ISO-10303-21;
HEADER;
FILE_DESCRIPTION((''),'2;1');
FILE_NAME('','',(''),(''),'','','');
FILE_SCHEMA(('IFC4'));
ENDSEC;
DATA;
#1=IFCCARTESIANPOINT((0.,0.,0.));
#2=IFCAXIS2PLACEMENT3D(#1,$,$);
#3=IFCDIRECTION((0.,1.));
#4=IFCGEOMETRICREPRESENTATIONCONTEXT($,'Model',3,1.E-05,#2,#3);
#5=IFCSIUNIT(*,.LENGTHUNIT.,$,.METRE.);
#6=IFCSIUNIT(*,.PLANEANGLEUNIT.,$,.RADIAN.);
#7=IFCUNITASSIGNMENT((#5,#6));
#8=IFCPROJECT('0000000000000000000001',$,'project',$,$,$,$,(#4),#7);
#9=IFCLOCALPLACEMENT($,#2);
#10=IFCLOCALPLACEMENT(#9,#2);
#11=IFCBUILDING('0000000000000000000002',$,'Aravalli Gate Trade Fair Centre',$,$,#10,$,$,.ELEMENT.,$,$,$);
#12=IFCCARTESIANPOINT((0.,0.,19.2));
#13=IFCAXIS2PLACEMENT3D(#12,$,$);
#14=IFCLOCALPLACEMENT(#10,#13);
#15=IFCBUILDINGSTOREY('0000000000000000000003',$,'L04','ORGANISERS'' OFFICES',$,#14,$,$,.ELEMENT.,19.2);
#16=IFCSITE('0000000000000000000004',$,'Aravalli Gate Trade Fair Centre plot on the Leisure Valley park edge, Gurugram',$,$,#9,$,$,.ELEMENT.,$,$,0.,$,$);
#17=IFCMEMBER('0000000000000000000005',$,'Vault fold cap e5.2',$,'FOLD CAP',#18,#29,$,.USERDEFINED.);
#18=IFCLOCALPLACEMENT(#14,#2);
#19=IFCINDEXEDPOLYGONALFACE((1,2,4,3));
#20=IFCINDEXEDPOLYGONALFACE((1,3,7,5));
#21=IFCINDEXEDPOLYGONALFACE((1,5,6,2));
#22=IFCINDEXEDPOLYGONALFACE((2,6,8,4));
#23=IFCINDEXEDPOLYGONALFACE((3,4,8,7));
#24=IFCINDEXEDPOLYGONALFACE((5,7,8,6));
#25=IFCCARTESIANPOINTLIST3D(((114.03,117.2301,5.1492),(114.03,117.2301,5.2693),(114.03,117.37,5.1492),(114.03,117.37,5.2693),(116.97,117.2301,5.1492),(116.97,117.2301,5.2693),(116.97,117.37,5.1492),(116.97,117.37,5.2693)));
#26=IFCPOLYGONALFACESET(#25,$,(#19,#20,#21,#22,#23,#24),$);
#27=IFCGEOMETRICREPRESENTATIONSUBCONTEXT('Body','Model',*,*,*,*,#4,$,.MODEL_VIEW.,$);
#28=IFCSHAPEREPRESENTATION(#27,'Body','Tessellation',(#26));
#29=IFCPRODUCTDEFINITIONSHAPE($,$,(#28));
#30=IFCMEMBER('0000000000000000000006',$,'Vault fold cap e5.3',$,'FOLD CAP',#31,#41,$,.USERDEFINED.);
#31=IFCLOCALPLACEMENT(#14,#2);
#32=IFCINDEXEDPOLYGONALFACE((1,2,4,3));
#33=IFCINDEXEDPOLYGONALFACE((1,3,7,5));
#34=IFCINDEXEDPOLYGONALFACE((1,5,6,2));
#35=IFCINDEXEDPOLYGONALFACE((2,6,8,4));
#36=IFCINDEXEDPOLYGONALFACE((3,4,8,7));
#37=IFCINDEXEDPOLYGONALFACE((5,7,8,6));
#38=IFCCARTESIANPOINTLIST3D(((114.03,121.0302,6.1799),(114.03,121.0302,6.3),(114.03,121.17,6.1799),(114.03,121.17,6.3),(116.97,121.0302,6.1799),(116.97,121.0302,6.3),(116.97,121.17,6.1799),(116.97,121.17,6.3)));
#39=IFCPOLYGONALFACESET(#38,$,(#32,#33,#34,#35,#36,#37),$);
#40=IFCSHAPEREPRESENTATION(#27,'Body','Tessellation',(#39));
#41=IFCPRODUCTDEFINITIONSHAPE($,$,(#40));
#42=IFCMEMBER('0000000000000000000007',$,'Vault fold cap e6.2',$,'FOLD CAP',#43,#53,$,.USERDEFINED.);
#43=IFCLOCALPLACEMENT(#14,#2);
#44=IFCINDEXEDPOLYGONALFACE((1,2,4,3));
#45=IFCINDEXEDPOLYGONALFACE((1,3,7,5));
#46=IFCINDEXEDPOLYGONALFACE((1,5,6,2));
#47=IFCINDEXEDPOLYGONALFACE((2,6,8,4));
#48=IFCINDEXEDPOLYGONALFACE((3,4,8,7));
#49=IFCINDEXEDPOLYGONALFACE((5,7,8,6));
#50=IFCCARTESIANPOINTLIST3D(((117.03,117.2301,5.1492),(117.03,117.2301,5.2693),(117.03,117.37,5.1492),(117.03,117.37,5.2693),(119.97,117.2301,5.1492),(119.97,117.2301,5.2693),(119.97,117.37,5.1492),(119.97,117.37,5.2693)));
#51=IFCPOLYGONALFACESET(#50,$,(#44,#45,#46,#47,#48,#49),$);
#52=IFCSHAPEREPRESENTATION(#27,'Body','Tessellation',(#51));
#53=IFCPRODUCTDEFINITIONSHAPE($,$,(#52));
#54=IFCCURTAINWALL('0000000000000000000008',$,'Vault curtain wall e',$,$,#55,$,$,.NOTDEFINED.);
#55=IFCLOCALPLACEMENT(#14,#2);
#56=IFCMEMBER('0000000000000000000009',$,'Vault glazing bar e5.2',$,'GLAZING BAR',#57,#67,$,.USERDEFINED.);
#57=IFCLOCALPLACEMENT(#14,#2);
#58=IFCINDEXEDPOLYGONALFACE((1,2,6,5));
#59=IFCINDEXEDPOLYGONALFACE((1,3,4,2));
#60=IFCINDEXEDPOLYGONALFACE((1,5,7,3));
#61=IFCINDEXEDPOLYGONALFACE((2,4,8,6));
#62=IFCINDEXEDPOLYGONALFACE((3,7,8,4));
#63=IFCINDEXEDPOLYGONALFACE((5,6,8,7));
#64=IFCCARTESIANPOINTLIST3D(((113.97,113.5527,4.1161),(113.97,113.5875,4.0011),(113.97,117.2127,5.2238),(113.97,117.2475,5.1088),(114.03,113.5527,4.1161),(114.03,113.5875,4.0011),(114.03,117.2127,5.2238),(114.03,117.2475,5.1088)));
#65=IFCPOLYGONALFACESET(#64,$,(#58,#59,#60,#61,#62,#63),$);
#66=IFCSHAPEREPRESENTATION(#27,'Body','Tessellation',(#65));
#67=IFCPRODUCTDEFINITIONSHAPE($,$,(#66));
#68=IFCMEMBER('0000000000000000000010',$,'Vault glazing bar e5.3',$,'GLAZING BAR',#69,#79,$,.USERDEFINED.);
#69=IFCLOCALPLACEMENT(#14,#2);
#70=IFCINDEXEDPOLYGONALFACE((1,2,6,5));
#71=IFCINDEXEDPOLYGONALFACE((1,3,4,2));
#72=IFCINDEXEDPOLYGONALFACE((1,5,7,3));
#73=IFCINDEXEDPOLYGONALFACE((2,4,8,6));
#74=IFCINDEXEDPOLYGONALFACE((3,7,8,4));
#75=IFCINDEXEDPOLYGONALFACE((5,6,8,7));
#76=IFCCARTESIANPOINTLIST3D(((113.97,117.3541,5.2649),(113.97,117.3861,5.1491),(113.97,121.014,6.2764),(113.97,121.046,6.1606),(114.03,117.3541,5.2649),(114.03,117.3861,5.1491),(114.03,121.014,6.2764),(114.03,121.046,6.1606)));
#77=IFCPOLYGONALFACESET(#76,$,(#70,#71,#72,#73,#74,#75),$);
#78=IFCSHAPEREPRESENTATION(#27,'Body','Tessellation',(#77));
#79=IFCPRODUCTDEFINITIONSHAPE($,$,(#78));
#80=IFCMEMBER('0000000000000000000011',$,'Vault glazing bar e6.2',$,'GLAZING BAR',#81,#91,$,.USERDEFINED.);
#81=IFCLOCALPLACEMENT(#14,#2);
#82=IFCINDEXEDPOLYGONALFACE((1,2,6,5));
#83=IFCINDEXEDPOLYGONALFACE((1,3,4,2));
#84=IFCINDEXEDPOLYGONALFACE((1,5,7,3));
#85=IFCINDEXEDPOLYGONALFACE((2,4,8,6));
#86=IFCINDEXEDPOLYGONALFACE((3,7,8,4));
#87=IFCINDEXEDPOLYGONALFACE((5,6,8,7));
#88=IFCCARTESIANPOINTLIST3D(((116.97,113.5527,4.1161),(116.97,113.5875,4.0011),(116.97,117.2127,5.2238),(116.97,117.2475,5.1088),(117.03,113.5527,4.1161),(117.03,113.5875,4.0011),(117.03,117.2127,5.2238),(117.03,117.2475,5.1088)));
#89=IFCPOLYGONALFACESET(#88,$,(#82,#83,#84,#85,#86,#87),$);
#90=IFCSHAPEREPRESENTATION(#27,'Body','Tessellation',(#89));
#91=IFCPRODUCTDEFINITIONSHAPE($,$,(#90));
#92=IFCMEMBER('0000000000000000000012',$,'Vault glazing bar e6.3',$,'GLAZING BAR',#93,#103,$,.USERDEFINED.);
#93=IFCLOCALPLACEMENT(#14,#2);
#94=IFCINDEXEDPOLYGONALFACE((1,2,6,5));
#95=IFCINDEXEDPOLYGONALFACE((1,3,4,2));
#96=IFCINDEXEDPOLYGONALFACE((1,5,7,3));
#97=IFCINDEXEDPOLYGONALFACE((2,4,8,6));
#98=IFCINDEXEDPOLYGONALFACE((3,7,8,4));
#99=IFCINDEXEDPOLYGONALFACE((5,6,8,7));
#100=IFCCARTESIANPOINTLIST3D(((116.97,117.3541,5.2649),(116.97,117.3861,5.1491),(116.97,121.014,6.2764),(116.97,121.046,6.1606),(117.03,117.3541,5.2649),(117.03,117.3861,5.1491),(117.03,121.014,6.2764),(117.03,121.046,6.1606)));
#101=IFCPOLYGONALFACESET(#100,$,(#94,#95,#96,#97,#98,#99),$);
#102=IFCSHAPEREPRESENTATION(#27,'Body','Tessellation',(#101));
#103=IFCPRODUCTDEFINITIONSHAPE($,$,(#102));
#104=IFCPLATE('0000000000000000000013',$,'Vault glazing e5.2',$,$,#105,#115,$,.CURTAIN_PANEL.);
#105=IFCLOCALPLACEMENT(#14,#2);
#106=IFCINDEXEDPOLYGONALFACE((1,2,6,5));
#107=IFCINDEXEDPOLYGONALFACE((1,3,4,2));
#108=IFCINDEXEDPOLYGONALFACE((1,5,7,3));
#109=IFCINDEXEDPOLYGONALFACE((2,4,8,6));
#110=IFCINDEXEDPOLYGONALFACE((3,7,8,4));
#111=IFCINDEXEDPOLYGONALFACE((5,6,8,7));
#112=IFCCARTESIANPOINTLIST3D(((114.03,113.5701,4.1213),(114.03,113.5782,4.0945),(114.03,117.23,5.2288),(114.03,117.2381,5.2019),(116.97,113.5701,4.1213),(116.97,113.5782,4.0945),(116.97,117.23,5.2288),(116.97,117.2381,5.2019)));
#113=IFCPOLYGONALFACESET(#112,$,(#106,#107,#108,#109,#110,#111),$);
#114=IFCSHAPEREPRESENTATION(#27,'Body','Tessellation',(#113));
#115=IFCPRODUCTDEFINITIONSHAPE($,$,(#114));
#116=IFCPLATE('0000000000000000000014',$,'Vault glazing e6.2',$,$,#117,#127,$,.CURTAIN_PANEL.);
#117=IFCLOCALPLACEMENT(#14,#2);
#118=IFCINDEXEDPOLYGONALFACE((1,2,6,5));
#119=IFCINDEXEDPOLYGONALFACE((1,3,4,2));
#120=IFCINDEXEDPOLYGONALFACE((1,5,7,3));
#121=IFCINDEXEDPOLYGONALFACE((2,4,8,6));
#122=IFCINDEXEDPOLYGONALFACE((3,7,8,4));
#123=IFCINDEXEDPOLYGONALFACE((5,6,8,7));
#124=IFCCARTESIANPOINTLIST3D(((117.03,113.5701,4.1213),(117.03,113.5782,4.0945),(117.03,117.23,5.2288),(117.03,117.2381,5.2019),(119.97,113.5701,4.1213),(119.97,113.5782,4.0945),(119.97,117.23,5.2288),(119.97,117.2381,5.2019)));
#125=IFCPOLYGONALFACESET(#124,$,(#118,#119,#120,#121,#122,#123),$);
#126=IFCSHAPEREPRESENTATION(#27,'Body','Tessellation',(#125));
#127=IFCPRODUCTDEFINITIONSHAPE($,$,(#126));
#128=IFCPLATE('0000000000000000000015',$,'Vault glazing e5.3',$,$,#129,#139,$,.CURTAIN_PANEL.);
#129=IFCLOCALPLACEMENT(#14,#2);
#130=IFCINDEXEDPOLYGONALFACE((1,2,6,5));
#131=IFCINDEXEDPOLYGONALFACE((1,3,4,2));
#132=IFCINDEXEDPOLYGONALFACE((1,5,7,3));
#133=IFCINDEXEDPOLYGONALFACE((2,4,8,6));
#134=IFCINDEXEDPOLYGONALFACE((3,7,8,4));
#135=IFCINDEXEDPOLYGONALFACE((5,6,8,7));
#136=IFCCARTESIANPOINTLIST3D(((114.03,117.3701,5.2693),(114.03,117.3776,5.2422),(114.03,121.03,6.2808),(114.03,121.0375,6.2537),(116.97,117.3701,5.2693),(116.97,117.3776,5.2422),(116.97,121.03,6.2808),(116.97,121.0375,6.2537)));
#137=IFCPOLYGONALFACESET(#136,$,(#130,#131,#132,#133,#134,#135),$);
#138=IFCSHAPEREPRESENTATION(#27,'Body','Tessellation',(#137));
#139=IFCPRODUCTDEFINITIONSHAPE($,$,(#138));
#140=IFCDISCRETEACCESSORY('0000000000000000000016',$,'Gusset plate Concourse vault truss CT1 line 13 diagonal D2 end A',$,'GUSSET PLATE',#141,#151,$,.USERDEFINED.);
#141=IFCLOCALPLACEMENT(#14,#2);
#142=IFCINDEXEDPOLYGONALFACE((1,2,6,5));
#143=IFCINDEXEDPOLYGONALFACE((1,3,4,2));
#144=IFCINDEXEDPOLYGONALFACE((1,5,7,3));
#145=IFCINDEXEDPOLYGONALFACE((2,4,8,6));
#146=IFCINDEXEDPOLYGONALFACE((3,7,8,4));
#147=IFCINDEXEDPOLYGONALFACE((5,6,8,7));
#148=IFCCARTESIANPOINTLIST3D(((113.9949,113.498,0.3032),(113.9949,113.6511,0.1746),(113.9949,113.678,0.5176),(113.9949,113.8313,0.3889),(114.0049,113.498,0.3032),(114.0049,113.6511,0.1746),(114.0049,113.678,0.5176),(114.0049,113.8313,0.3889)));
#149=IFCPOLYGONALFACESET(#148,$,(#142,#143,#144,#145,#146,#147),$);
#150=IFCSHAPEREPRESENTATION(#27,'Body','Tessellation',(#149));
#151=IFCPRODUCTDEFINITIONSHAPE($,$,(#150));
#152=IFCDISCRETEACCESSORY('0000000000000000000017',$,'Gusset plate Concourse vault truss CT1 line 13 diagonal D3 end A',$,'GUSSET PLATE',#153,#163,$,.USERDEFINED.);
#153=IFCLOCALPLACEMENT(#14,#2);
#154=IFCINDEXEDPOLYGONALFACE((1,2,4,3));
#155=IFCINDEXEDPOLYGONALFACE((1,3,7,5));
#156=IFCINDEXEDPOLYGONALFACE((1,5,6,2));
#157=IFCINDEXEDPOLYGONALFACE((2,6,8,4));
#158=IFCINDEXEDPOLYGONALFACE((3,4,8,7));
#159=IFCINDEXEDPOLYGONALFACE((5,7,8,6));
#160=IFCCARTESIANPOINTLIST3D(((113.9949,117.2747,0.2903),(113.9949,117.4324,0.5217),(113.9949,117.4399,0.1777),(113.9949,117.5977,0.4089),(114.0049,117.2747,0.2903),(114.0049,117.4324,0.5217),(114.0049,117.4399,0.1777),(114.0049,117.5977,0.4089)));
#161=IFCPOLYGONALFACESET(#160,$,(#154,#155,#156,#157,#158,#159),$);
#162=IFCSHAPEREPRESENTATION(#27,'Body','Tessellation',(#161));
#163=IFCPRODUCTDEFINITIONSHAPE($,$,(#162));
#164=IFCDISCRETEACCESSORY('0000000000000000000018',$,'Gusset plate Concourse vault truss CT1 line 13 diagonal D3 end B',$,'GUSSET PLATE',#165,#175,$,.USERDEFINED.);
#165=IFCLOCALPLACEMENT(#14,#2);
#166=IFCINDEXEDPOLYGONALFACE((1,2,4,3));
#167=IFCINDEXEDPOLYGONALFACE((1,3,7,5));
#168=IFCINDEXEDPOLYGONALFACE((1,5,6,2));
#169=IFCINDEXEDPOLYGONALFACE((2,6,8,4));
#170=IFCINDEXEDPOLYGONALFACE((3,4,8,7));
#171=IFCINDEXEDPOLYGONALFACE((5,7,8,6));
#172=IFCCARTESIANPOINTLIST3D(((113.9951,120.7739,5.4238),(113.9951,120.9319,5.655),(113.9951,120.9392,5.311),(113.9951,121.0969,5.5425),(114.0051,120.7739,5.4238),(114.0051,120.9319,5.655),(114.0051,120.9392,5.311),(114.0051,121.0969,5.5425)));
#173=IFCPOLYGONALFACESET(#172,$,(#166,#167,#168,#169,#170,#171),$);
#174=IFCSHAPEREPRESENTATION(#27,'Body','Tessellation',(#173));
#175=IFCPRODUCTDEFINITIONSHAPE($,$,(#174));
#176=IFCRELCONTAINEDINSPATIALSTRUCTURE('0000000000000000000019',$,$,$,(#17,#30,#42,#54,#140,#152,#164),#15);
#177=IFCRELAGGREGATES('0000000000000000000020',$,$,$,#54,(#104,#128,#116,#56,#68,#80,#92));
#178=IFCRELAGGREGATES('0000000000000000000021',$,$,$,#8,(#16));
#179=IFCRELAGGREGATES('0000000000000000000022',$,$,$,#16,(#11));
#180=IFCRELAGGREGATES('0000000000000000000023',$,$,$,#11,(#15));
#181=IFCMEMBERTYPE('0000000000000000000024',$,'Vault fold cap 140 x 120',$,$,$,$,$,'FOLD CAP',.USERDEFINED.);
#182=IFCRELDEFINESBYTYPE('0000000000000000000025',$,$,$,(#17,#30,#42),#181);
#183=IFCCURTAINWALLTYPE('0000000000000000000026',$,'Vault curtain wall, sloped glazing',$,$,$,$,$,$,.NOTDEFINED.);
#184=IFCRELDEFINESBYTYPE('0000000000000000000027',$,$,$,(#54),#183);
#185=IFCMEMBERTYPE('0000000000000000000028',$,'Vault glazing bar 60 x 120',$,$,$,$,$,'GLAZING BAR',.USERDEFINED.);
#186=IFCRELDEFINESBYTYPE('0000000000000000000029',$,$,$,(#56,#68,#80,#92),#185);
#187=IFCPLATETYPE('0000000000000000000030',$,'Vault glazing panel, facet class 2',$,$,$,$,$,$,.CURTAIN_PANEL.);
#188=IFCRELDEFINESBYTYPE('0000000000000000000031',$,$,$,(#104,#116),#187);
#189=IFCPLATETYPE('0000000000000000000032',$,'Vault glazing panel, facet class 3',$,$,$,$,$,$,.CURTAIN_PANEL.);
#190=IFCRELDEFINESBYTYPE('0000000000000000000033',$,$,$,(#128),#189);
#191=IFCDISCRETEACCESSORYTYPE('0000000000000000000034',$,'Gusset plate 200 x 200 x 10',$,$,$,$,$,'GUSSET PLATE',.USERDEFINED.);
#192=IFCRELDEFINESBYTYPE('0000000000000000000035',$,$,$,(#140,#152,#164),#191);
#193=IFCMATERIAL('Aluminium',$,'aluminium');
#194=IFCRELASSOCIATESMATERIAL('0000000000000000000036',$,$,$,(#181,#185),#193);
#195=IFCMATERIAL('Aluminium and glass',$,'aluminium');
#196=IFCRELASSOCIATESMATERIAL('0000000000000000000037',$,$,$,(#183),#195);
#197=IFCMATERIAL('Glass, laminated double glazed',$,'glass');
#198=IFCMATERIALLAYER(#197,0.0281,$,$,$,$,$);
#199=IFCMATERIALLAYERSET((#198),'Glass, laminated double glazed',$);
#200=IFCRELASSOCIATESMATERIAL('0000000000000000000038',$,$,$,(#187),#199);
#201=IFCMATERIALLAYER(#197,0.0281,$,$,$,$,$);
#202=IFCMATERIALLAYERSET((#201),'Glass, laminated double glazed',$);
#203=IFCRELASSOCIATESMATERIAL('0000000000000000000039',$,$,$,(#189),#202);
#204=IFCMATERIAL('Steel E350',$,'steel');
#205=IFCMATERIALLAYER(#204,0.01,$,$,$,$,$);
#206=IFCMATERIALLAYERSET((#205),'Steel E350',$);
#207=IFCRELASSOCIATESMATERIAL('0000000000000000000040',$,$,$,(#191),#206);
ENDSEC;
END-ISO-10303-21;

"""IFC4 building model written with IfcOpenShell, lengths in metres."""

from ifc_helpers import new_model, si_unit, direction, frame, origin, origin_2d, place, context, subcontext, project, spatial, polyline, rectangle, outline, extrude, material, layer, layer_set, material_profile, profile_set, type_object, element, aggregate, save


model = new_model("IFC4")

# Units and contexts
model_context = context("Model", 3, precision=1e-05, world=origin(), true_north=direction((0.0, 1.0)))
body_context = subcontext(model_context, "Body", "Model", "MODEL_VIEW")
ifc_project = project(units=[si_unit("LENGTHUNIT", "METRE"), si_unit("PLANEANGLEUNIT", "RADIAN")], contexts=[model_context])

# Site, building, storey
site_placement = place(None, origin())
site = spatial("IfcSite", under=ifc_project, at=site_placement, Name="Aravalli Gate Trade Fair Centre plot on the Leisure Valley park edge, Gurugram", CompositionType="ELEMENT", RefElevation=0.0)
building_placement = place(site_placement, origin())
building = spatial("IfcBuilding", under=site, at=building_placement, Name="Aravalli Gate Trade Fair Centre", CompositionType="ELEMENT")
storey_placement = place(building_placement, frame((0.0, 0.0, 19.2)))
storey = spatial("IfcBuildingStorey", under=building, at=storey_placement, Name="L04", Description="ORGANISERS' OFFICES", CompositionType="ELEMENT", Elevation=19.2)

# Members
ifc_material_1 = material(Name="Steel E350", Category="steel")
ifc_material_2 = material(Name="Aluminium", Category="aluminium")
ifc_material_profile_1 = material_profile(ifc_material_2, rectangle(XDim=0.1399, YDim=0.1201, at=origin_2d()), Name="Vault fold cap 140 x 120")
ifc_profile_set_1 = profile_set([ifc_material_profile_1], Name="Aluminium")
member_type_1 = type_object("IfcMemberType", Name="Vault fold cap 140 x 120", ElementType="FOLD CAP", PredefinedType="USERDEFINED", material=ifc_profile_set_1)
for number, where, z_axis, x_axis, name in (
    (1, (114.03, 117.3, 5.2092), (1.0, 0.0, 0.0), (0.0, 1.0, 0.0), "Vault fold cap e5.2"),
    (2, (114.03, 121.1001, 6.24), (1.0, 0.0, 0.0), (0.0, 1.0, 0.0), "Vault fold cap e5.3"),
    (3, (117.03, 117.3, 5.2092), (1.0, 0.0, 0.0), (0.0, 1.0, 0.0), "Vault fold cap e6.2"),
):
    element("IfcMember", number, at=place(storey_placement, frame(where, z_axis=z_axis, x_axis=x_axis)), inside=storey, type_object=member_type_1, Name=name, ObjectType="FOLD CAP", PredefinedType="USERDEFINED", context=body_context, shape_type="SweptSolid", body=[
        extrude(rectangle(XDim=0.1399, YDim=0.1201, at=origin_2d()), origin(), (0.0, 0.0, 1.0), 2.9399),
    ])

# Curtain wall, members, plates
ifc_material_3 = material(Name="Aluminium and glass", Category="aluminium")
curtain_wall_type = type_object("IfcCurtainWallType", Name="Vault curtain wall, sloped glazing", PredefinedType="NOTDEFINED", material=ifc_material_3)
curtain_wall_placement = place(storey_placement, origin())
curtain_wall = element("IfcCurtainWall", 4, at=curtain_wall_placement, inside=storey, type_object=curtain_wall_type, Name="Vault curtain wall e", PredefinedType="NOTDEFINED")
ifc_material_profile_2 = material_profile(ifc_material_2, rectangle(XDim=0.0601, YDim=0.1201, at=origin_2d()), Name="Vault glazing bar 60 x 120")
ifc_profile_set_2 = profile_set([ifc_material_profile_2], Name="Aluminium")
member_type_2 = type_object("IfcMemberType", Name="Vault glazing bar 60 x 120", ElementType="GLAZING BAR", PredefinedType="USERDEFINED", material=ifc_profile_set_2)
member_1_placement = place(storey_placement, frame((114.0, 113.5701, 4.0586), z_axis=(0.0, 0.957126, 0.289672), x_axis=(-1.0, 0.0, 0.0)))
member_1 = element("IfcMember", 5, at=member_1_placement, type_object=member_type_2, Name="Vault glazing bar e5.2", ObjectType="GLAZING BAR", PredefinedType="USERDEFINED", context=body_context, shape_type="SweptSolid", body=[
    extrude(rectangle(XDim=0.0601, YDim=0.1201, at=origin_2d()), origin(), (0.0, 0.0, 1.0), 3.824),
])
member_2_placement = place(storey_placement, frame((114.0, 117.3701, 5.207), z_axis=(0.0, 0.963868, 0.26638), x_axis=(-1.0, 0.0, 0.0)))
member_2 = element("IfcMember", 6, at=member_2_placement, type_object=member_type_2, Name="Vault glazing bar e5.3", ObjectType="GLAZING BAR", PredefinedType="USERDEFINED", context=body_context, shape_type="SweptSolid", body=[
    extrude(rectangle(XDim=0.0601, YDim=0.1201, at=origin_2d()), origin(), (0.0, 0.0, 1.0), 3.7971),
])
member_3_placement = place(storey_placement, frame((117.0, 113.5701, 4.0586), z_axis=(0.0, 0.957126, 0.289672), x_axis=(-1.0, 0.0, 0.0)))
member_3 = element("IfcMember", 7, at=member_3_placement, type_object=member_type_2, Name="Vault glazing bar e6.2", ObjectType="GLAZING BAR", PredefinedType="USERDEFINED", context=body_context, shape_type="SweptSolid", body=[
    extrude(rectangle(XDim=0.0601, YDim=0.1201, at=origin_2d()), origin(), (0.0, 0.0, 1.0), 3.824),
])
member_4_placement = place(storey_placement, frame((117.0, 117.3701, 5.207), z_axis=(0.0, 0.963868, 0.26638), x_axis=(-1.0, 0.0, 0.0)))
member_4 = element("IfcMember", 8, at=member_4_placement, type_object=member_type_2, Name="Vault glazing bar e6.3", ObjectType="GLAZING BAR", PredefinedType="USERDEFINED", context=body_context, shape_type="SweptSolid", body=[
    extrude(rectangle(XDim=0.0601, YDim=0.1201, at=origin_2d()), origin(), (0.0, 0.0, 1.0), 3.7971),
])
ifc_material_4 = material(Name="Glass, laminated double glazed", Category="glass")
ifc_layer_1 = layer(ifc_material_4, 0.0281)
ifc_layer_set_1 = layer_set([ifc_layer_1], Name="Glass, laminated double glazed")
plate_type_1 = type_object("IfcPlateType", Name="Vault glazing panel, facet class 2", PredefinedType="CURTAIN_PANEL", material=ifc_layer_set_1)
plate_1_placement = place(storey_placement, frame((114.03, 113.5701, 4.1213), z_axis=(0.0, -0.289614, 0.957144), x_axis=(1.0, 0.0, 0.0)))
plate_1 = element("IfcPlate", 9, at=plate_1_placement, type_object=plate_type_1, Name="Vault glazing e5.2", PredefinedType="CURTAIN_PANEL", context=body_context, shape_type="SweptSolid", body=[
    extrude(outline(polyline([(0.0, 0.0), (2.9399, 0.0), (2.9399, 3.8238), (0.0, 3.8238), (0.0, 0.0)])), origin(), (0.0, 0.0, -1.0), 0.0281),
])
plate_2_placement = place(storey_placement, frame((117.03, 113.5701, 4.1213), z_axis=(0.0, -0.289614, 0.957144), x_axis=(1.0, 0.0, 0.0)))
plate_2 = element("IfcPlate", 10, at=plate_2_placement, type_object=plate_type_1, Name="Vault glazing e6.2", PredefinedType="CURTAIN_PANEL", context=body_context, shape_type="SweptSolid", body=[
    extrude(outline(polyline([(0.0, 0.0), (2.9399, 0.0), (2.9399, 3.8238), (0.0, 3.8238), (0.0, 0.0)])), origin(), (0.0, 0.0, -1.0), 0.0281),
])
ifc_layer_2 = layer(ifc_material_4, 0.0281)
ifc_layer_set_2 = layer_set([ifc_layer_2], Name="Glass, laminated double glazed")
plate_type_2 = type_object("IfcPlateType", Name="Vault glazing panel, facet class 3", PredefinedType="CURTAIN_PANEL", material=ifc_layer_set_2)
plate_3_placement = place(storey_placement, frame((114.03, 117.3701, 5.2693), z_axis=(0.0, -0.26638, 0.963868), x_axis=(1.0, 0.0, 0.0)))
plate_3 = element("IfcPlate", 11, at=plate_3_placement, type_object=plate_type_2, Name="Vault glazing e5.3", PredefinedType="CURTAIN_PANEL", context=body_context, shape_type="SweptSolid", body=[
    extrude(outline(polyline([(0.0, 0.0), (2.9399, 0.0), (2.9399, 3.7971), (0.0, 3.7971), (0.0, 0.0)])), origin(), (0.0, 0.0, -1.0), 0.0281),
])
aggregate(curtain_wall, [plate_1, plate_3, plate_2, member_1, member_2, member_3, member_4])

# Discrete accessories
ifc_layer_3 = layer(ifc_material_1, 0.01)
ifc_layer_set_3 = layer_set([ifc_layer_3], Name="Steel E350")
discrete_accessory_type = type_object("IfcDiscreteAccessoryType", Name="Gusset plate 200 x 200 x 10", ElementType="GUSSET PLATE", PredefinedType="USERDEFINED", material=ifc_layer_set_3)
discrete_accessory_1_placement = place(storey_placement, frame((114.0049, 113.678, 0.5176), z_axis=(1.0, 0.0, 0.0), x_axis=(0.0, -0.642926, -0.765928)))
element("IfcDiscreteAccessory", 12, at=discrete_accessory_1_placement, inside=storey, type_object=discrete_accessory_type, Name="Gusset plate Concourse vault truss CT1 line 13 diagonal D2 end A", ObjectType="GUSSET PLATE", PredefinedType="USERDEFINED", context=body_context, shape_type="SweptSolid", body=[
    extrude(outline(polyline([(0.0, 0.0), (0.2799, 0.0), (0.28, 0.2), (0.0, 0.2002), (0.0, 0.0)])), origin(), (0.0, 0.0, -1.0), 0.01),
])
discrete_accessory_2_placement = place(storey_placement, frame((114.0049, 117.4324, 0.5217), z_axis=(1.0, 0.0, 0.0), x_axis=(0.0, -0.56312, -0.826375)))
element("IfcDiscreteAccessory", 13, at=discrete_accessory_2_placement, inside=storey, type_object=discrete_accessory_type, Name="Gusset plate Concourse vault truss CT1 line 13 diagonal D3 end A", ObjectType="GUSSET PLATE", PredefinedType="USERDEFINED", context=body_context, shape_type="SweptSolid", body=[
    extrude(outline(polyline([(0.0, 0.0), (0.2801, 0.0), (0.28, 0.2), (0.0001, 0.2001), (0.0, 0.0)])), origin(), (0.0, 0.0, -1.0), 0.01),
])
discrete_accessory_3_placement = place(storey_placement, frame((113.9951, 120.7739, 5.4238), z_axis=(-1.0, 0.0, 0.0), x_axis=(0.0, 0.564121, 0.825692)))
element("IfcDiscreteAccessory", 14, at=discrete_accessory_3_placement, inside=storey, type_object=discrete_accessory_type, Name="Gusset plate Concourse vault truss CT1 line 13 diagonal D3 end B", ObjectType="GUSSET PLATE", PredefinedType="USERDEFINED", context=body_context, shape_type="SweptSolid", body=[
    extrude(outline(polyline([(0.0, 0.0), (0.28, 0.0), (0.2802, 0.1998), (0.0001, 0.2001), (0.0, 0.0)])), origin(), (0.0, 0.0, -1.0), 0.01),
])

save(model, "model.ifc")
